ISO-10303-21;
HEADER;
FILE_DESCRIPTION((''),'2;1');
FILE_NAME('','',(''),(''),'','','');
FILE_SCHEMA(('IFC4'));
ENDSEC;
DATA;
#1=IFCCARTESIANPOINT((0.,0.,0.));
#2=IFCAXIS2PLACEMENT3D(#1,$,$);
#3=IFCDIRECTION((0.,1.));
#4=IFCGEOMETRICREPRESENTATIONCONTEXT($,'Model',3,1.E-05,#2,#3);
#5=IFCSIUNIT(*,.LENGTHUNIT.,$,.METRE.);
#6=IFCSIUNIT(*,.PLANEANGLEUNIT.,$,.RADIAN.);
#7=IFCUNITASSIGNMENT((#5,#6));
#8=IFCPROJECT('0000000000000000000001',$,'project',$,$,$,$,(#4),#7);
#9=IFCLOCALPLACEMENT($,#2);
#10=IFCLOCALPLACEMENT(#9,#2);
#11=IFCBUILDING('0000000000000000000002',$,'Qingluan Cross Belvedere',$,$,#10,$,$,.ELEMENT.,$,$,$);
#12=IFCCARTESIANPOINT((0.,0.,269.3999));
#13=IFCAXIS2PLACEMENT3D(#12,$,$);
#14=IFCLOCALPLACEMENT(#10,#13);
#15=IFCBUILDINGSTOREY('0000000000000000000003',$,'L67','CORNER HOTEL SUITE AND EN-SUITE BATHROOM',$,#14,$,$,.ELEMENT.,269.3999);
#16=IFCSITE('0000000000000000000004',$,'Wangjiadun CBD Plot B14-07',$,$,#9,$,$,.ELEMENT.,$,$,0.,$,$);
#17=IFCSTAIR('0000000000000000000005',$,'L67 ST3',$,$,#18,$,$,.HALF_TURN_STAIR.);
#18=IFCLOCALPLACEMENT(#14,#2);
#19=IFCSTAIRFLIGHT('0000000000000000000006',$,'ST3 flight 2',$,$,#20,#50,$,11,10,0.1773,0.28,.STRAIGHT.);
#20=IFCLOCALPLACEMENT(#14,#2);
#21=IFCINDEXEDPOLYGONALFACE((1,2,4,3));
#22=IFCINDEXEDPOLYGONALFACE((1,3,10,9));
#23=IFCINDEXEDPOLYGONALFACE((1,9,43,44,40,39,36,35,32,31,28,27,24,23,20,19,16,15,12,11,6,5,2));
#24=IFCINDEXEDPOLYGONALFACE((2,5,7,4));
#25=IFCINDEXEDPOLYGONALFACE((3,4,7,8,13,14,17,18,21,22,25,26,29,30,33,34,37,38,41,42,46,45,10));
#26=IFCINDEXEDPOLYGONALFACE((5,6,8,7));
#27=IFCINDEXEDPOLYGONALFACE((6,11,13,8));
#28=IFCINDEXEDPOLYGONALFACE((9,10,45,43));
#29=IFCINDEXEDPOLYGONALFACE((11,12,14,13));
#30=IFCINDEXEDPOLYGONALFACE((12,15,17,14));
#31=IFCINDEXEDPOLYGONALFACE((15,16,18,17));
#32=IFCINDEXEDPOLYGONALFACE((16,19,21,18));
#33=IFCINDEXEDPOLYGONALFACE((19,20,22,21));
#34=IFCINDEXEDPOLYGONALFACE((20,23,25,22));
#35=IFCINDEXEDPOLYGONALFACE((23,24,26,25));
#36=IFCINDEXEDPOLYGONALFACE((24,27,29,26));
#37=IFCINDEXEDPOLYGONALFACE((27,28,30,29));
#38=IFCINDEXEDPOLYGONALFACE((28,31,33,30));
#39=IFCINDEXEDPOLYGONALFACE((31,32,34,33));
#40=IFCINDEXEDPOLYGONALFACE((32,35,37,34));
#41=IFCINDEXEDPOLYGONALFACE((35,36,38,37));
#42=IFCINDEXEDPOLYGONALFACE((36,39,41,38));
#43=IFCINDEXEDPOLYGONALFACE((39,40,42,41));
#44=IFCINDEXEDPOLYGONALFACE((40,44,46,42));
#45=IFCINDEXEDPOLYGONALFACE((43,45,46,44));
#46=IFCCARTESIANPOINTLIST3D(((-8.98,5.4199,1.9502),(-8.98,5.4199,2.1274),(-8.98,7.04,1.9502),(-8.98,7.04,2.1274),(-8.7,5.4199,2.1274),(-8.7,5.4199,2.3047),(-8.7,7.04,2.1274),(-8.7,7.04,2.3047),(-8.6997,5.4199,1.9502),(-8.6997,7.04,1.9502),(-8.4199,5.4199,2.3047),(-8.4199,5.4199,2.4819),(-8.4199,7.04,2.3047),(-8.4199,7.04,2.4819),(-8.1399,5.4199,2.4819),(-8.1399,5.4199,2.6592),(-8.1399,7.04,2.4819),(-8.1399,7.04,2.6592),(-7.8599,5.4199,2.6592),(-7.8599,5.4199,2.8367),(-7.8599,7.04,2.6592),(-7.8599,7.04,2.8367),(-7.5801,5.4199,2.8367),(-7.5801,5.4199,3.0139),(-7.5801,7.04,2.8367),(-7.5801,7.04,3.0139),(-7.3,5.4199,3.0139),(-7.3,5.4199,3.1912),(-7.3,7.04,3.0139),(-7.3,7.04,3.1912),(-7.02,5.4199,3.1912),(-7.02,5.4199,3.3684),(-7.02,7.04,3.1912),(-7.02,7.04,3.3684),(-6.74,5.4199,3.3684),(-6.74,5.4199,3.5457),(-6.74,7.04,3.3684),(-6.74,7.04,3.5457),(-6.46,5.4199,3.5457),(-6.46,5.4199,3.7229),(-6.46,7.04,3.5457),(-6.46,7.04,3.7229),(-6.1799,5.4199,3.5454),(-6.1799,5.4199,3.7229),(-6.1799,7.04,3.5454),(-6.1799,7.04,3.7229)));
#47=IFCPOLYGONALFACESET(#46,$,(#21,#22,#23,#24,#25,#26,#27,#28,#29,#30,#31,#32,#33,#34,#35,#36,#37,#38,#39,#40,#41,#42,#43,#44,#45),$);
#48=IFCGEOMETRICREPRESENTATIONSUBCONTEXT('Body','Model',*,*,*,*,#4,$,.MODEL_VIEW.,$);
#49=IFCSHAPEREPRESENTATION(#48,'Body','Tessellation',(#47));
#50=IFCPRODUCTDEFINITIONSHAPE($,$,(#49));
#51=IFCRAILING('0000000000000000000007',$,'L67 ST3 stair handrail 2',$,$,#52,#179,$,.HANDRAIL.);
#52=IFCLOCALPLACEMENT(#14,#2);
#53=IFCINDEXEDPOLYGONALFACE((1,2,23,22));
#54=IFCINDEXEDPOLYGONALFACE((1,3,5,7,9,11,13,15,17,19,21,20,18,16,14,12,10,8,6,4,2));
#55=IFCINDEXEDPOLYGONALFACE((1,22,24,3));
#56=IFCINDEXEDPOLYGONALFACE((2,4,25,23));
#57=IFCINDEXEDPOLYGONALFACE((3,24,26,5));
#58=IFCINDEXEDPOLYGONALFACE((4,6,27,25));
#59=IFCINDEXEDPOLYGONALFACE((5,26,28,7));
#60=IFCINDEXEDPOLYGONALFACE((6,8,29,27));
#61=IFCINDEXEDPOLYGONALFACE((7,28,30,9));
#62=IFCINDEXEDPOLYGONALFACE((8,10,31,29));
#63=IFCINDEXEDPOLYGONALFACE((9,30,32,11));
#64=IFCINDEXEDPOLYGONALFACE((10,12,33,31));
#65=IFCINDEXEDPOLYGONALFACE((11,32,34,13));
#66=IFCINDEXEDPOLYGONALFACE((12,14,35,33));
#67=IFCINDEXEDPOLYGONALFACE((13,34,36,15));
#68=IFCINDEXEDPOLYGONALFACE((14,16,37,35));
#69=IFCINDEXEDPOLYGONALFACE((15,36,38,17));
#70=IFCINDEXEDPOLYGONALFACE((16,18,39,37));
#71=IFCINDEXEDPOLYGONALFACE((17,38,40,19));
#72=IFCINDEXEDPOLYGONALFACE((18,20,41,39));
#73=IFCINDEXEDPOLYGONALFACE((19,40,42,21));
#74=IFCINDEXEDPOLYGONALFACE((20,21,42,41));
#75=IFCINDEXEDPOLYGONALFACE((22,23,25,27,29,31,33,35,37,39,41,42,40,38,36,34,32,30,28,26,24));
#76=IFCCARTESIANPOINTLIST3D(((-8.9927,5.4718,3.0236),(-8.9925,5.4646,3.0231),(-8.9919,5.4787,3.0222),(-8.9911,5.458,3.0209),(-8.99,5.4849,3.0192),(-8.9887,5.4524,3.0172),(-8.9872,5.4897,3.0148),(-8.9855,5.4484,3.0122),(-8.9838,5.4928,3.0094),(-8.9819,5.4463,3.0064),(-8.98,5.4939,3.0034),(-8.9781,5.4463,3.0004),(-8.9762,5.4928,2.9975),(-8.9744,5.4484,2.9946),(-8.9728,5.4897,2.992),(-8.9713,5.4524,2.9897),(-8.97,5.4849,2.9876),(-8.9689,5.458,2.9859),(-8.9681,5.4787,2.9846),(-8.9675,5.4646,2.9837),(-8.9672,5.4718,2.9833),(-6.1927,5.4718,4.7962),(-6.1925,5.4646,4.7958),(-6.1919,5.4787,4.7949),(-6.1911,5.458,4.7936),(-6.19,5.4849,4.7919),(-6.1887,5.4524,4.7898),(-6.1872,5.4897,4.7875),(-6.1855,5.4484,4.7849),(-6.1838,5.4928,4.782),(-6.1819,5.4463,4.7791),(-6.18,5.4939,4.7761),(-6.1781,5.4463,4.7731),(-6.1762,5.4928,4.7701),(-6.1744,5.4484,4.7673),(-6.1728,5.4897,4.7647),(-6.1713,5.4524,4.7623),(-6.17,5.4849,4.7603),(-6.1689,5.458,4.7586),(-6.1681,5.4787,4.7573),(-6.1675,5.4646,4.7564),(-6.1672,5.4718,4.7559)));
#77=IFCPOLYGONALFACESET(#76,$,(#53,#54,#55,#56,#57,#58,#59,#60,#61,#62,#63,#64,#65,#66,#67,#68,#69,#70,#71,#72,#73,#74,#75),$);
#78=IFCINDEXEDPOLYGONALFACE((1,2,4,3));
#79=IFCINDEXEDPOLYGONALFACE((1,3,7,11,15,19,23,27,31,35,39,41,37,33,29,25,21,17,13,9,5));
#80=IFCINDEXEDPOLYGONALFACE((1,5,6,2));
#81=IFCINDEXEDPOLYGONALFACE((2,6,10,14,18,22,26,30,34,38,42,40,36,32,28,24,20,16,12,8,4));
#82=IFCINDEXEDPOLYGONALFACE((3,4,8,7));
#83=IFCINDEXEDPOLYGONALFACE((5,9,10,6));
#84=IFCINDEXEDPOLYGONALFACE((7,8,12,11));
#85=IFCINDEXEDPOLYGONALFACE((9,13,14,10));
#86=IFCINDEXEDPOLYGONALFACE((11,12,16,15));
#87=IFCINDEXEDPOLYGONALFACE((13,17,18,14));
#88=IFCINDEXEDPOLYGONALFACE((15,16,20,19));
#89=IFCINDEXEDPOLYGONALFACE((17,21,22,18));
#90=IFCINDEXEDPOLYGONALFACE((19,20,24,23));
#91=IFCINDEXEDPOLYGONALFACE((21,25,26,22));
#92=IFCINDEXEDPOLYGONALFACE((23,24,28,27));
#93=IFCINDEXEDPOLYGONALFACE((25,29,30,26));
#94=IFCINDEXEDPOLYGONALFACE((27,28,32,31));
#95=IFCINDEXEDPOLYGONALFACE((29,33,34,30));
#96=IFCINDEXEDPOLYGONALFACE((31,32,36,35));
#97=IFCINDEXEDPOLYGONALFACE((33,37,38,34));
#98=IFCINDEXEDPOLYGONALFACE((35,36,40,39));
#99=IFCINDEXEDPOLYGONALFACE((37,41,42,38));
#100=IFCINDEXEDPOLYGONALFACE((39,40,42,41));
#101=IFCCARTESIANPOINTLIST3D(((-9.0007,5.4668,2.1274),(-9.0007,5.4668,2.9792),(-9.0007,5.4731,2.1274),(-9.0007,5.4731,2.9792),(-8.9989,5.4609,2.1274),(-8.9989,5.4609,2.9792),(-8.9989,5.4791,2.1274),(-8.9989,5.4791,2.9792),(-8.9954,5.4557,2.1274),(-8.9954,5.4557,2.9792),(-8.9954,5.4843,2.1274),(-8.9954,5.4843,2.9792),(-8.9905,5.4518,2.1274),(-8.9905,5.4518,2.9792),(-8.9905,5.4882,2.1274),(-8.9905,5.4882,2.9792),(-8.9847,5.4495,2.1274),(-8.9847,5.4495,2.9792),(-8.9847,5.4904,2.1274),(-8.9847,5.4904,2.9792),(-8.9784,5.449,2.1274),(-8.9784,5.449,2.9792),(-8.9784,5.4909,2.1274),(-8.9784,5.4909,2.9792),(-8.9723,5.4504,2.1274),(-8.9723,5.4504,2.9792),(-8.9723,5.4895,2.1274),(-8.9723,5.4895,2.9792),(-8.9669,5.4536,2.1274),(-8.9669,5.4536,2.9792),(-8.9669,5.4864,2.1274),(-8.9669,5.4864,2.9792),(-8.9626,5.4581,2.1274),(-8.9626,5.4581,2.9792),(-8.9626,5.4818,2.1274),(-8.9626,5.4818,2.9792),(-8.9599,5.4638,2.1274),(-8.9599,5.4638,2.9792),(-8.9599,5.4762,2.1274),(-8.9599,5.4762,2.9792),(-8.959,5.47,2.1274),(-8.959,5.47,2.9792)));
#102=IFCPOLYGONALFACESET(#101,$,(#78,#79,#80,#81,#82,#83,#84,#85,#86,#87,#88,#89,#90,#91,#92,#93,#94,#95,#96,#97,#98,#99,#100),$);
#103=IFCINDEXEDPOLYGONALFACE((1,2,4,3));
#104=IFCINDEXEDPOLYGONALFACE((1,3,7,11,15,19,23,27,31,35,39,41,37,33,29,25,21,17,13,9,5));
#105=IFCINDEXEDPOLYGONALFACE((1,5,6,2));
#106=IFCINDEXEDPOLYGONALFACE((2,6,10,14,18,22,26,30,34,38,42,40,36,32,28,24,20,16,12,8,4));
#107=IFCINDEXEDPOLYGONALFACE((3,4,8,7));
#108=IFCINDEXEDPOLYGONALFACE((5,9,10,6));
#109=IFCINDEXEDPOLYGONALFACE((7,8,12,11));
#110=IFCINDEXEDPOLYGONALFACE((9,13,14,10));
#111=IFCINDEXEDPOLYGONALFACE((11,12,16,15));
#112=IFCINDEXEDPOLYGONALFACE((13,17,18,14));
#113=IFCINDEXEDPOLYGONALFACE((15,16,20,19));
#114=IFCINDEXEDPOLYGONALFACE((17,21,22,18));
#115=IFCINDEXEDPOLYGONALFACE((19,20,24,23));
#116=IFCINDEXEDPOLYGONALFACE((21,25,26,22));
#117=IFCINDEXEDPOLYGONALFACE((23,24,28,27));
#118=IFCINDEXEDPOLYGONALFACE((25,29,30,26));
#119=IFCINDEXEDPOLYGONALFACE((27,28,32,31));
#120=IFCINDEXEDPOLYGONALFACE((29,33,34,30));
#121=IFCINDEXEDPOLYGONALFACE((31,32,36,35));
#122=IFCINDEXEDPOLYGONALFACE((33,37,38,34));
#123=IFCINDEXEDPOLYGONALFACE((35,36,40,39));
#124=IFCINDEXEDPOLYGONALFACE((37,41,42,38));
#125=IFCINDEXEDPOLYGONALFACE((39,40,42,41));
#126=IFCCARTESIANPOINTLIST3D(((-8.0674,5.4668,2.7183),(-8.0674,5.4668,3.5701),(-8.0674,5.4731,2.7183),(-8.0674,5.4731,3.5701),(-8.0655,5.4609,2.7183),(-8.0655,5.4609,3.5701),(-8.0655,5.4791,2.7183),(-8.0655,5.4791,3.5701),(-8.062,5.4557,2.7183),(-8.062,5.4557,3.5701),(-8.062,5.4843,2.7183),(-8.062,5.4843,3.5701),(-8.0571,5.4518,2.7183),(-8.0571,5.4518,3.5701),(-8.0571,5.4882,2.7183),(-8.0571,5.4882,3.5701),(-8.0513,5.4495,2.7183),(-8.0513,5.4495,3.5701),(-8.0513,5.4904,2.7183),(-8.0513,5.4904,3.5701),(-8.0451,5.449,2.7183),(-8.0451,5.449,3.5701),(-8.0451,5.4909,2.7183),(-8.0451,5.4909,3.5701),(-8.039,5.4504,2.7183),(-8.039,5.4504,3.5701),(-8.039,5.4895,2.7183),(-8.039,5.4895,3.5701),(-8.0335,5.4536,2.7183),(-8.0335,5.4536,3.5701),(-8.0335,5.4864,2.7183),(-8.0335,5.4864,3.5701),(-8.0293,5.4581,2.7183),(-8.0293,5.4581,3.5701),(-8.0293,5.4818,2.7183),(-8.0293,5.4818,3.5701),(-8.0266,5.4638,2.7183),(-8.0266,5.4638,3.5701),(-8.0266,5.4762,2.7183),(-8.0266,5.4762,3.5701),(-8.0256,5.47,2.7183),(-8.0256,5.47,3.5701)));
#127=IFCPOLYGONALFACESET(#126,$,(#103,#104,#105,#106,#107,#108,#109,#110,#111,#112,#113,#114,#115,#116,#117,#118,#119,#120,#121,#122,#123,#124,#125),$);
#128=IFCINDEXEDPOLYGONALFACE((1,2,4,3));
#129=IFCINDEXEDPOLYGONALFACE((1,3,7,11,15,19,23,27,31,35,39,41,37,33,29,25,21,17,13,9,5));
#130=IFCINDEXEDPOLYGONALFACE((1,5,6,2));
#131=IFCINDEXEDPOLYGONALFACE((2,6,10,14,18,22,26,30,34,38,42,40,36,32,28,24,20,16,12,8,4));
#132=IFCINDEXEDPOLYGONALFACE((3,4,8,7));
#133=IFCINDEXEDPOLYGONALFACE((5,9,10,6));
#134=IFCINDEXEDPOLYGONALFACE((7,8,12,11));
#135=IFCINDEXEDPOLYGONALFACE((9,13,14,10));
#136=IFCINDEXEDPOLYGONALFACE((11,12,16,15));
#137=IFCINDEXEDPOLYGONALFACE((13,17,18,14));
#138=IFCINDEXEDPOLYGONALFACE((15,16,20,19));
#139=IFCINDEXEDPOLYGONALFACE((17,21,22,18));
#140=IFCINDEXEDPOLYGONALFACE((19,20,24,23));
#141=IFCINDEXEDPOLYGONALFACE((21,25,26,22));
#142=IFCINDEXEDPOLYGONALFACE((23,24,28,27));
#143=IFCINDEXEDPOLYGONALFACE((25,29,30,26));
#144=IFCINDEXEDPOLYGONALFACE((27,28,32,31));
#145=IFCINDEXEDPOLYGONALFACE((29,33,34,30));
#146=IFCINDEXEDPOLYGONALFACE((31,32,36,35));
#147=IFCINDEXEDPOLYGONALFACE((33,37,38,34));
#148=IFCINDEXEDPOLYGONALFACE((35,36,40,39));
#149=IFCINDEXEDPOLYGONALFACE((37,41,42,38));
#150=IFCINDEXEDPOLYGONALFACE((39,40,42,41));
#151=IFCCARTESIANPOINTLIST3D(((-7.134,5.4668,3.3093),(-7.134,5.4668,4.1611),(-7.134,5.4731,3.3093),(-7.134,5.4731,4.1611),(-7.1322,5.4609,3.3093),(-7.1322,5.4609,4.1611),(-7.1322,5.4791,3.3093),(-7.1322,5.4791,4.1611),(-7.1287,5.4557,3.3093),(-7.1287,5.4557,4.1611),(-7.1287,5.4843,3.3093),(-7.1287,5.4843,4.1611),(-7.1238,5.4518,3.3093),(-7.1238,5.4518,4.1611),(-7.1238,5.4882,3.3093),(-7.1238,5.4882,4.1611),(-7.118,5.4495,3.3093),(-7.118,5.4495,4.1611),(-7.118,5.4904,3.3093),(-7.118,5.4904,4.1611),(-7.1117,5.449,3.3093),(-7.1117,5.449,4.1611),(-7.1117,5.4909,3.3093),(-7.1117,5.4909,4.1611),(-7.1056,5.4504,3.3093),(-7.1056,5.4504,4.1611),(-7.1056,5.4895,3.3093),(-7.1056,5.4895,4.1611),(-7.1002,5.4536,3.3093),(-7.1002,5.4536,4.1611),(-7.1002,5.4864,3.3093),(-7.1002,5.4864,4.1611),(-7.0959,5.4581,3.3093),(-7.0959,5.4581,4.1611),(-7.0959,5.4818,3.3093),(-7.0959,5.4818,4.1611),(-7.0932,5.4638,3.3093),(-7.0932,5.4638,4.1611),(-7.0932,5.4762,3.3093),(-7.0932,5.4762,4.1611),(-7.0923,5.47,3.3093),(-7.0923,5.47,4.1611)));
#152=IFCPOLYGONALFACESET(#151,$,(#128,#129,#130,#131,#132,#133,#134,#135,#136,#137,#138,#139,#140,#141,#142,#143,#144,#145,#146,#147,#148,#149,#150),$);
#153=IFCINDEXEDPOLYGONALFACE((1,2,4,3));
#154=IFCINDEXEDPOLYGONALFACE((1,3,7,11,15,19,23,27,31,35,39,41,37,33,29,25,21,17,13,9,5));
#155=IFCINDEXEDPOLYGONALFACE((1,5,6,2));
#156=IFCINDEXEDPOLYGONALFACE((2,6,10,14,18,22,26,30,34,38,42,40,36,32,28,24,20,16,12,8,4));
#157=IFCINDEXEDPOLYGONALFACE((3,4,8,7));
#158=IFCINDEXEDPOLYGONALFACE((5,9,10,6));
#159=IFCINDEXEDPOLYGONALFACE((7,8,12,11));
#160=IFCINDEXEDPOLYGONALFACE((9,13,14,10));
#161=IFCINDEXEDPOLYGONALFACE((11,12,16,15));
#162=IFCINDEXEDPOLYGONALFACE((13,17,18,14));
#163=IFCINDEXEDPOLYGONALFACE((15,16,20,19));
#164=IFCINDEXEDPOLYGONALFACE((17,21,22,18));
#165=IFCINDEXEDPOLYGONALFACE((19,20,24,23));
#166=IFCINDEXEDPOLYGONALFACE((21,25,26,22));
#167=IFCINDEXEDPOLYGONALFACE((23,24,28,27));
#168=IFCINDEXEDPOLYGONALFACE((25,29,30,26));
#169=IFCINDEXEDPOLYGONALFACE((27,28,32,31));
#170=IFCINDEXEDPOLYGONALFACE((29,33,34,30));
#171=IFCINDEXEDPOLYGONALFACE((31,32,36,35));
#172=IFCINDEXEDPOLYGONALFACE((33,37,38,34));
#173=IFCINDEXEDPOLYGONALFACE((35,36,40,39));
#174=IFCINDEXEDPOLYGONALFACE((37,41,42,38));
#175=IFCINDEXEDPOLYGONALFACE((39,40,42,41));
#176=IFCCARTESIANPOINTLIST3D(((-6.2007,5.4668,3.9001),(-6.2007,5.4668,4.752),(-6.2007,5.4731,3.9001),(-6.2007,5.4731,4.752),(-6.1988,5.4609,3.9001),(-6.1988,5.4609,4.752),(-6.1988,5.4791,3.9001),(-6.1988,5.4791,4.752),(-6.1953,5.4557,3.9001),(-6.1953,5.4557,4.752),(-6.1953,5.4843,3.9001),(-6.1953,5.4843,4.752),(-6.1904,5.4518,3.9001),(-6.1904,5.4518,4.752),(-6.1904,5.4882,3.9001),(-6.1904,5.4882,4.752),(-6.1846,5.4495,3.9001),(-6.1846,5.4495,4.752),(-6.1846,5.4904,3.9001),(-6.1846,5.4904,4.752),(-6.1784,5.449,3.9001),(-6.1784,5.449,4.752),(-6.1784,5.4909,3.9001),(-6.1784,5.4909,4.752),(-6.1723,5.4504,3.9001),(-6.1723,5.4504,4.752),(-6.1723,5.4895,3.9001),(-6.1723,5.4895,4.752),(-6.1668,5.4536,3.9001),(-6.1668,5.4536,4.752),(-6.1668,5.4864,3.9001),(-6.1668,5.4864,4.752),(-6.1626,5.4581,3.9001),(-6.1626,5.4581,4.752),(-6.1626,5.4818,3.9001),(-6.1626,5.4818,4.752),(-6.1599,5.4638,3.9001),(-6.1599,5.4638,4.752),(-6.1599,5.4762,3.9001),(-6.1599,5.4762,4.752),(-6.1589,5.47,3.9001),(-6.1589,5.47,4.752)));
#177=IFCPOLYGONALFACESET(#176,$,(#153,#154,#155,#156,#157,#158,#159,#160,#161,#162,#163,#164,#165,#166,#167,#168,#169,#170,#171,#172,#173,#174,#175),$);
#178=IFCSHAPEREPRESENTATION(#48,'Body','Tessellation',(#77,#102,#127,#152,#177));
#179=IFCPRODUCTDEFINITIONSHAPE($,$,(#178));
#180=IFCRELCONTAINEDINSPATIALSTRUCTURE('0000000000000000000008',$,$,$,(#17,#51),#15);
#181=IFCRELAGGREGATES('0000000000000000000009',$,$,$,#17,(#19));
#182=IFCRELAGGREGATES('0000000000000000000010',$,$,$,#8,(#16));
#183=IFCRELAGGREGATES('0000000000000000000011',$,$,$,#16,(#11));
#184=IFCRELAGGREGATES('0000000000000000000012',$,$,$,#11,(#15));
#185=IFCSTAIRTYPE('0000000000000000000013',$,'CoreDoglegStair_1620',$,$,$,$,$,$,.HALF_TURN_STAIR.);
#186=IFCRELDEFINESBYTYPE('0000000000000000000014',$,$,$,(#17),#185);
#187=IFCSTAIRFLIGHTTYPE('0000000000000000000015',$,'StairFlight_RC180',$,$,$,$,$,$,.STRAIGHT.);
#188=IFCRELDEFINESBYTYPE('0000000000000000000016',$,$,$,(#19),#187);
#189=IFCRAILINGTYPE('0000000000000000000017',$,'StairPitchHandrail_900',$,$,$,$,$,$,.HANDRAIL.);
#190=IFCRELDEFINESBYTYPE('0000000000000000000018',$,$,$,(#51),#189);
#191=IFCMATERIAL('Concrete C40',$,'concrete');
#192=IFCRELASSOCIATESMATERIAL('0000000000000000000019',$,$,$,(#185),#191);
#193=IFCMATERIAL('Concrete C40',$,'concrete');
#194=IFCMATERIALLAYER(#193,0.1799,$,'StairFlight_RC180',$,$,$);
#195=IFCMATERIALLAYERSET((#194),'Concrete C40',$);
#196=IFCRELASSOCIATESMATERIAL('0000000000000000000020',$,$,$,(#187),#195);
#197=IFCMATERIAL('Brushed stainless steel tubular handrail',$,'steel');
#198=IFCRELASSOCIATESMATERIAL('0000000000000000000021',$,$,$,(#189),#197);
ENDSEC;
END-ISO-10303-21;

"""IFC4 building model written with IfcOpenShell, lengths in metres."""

from ifc_helpers import new_model, si_unit, direction, frame, origin, origin_2d, place, context, subcontext, project, spatial, polyline, circle, outline, extrude, material, layer, layer_set, type_object, element, aggregate, save


model = new_model("IFC4")

# Units and contexts
model_context = context("Model", 3, precision=1e-05, world=origin(), true_north=direction((0.0, 1.0)))
body_context = subcontext(model_context, "Body", "Model", "MODEL_VIEW")
ifc_project = project(units=[si_unit("LENGTHUNIT", "METRE"), si_unit("PLANEANGLEUNIT", "RADIAN")], contexts=[model_context])

# Site, building, storey
site_placement = place(None, origin())
site = spatial("IfcSite", under=ifc_project, at=site_placement, Name="Wangjiadun CBD Plot B14-07", CompositionType="ELEMENT", RefElevation=0.0)
building_placement = place(site_placement, origin())
building = spatial("IfcBuilding", under=site, at=building_placement, Name="Qingluan Cross Belvedere", CompositionType="ELEMENT")
storey_placement = place(building_placement, frame((0.0, 0.0, 269.3999)))
storey = spatial("IfcBuildingStorey", under=building, at=storey_placement, Name="L67", Description="CORNER HOTEL SUITE AND EN-SUITE BATHROOM", CompositionType="ELEMENT", Elevation=269.3999)

# Stair, stair flight
ifc_material_1 = material(Name="Concrete C40", Category="concrete")
stair_type = type_object("IfcStairType", Name="CoreDoglegStair_1620", PredefinedType="HALF_TURN_STAIR", material=ifc_material_1)
stair_placement = place(storey_placement, origin())
stair = element("IfcStair", 1, at=stair_placement, inside=storey, type_object=stair_type, Name="L67 ST3", PredefinedType="HALF_TURN_STAIR")
ifc_material_2 = material(Name="Concrete C40", Category="concrete")
ifc_layer_1 = layer(ifc_material_2, 0.1799, Name="StairFlight_RC180")
ifc_layer_set_1 = layer_set([ifc_layer_1], Name="Concrete C40")
stair_flight_type = type_object("IfcStairFlightType", Name="StairFlight_RC180", PredefinedType="STRAIGHT", material=ifc_layer_set_1)
stair_flight_placement = place(storey_placement, frame((-8.98, 6.23, 1.9502), z_axis=(0.0, 0.0, 1.0), x_axis=(1.0, 0.0, 0.0)))
stair_flight = element("IfcStairFlight", 2, at=stair_flight_placement, type_object=stair_flight_type, Name="ST3 flight 2", NumberOfRisers=11, NumberOfTreads=10, PredefinedType="STRAIGHT", RiserHeight=0.1773, TreadLength=0.28, context=body_context, shape_type="SweptSolid", body=[
    extrude(outline(polyline([(0.0, 0.0), (0.0, 0.1772), (0.28, 0.1772), (0.28, 0.3545), (0.5601, 0.3545), (0.5601, 0.5317), (0.8401, 0.5317), (0.8401, 0.709), (1.1201, 0.709), (1.1201, 0.8865), (1.3999, 0.8865), (1.3999, 1.0637), (1.6799, 1.0637), (1.6799, 1.241), (1.96, 1.241), (1.96, 1.4182), (2.24, 1.4182), (2.24, 1.5955), (2.52, 1.5955), (2.52, 1.7727), (2.8, 1.7727), (2.8, 1.95), (2.8, 1.5952), (0.2803, 0.0), (0.0, 0.0)])), frame((0.0, 0.8101, 0.0), z_axis=(0.0, -1.0, 0.0), x_axis=(1.0, 0.0, 0.0)), (0.0, 0.0, 1.0), 1.6201),
])
aggregate(stair, [stair_flight])

# Railing
ifc_material_3 = material(Name="Brushed stainless steel tubular handrail", Category="steel")
railing_type_1 = type_object("IfcRailingType", Name="StairPitchHandrail_900", PredefinedType="HANDRAIL", material=ifc_material_3)
railing_1_placement = place(storey_placement, frame((-8.98, 5.47, 2.1274)))
element("IfcRailing", 3, at=railing_1_placement, inside=storey, type_object=railing_type_1, Name="L67 ST3 stair handrail 2", PredefinedType="HANDRAIL", context=body_context, shape_type="SweptSolid", body=[
    extrude(circle(Radius=0.0239, at=origin_2d()), frame((0.0, 0.0, 0.876), z_axis=(0.844909, 0.0, 0.53491), x_axis=(0.0, 1.0, 0.0)), (0.0, 0.0, 1.0), 3.314),
    extrude(circle(Radius=0.021, at=origin_2d()), origin(), (0.0, 0.0, 1.0), 0.8518),
    extrude(circle(Radius=0.021, at=origin_2d()), frame((0.9333, 0.0, 0.5908)), (0.0, 0.0, 1.0), 0.8518),
    extrude(circle(Radius=0.021, at=origin_2d()), frame((1.8667, 0.0, 1.1819)), (0.0, 0.0, 1.0), 0.8518),
    extrude(circle(Radius=0.021, at=origin_2d()), frame((2.8, 0.0, 1.7727)), (0.0, 0.0, 1.0), 0.8518),
])

save(model, "model.ifc")
